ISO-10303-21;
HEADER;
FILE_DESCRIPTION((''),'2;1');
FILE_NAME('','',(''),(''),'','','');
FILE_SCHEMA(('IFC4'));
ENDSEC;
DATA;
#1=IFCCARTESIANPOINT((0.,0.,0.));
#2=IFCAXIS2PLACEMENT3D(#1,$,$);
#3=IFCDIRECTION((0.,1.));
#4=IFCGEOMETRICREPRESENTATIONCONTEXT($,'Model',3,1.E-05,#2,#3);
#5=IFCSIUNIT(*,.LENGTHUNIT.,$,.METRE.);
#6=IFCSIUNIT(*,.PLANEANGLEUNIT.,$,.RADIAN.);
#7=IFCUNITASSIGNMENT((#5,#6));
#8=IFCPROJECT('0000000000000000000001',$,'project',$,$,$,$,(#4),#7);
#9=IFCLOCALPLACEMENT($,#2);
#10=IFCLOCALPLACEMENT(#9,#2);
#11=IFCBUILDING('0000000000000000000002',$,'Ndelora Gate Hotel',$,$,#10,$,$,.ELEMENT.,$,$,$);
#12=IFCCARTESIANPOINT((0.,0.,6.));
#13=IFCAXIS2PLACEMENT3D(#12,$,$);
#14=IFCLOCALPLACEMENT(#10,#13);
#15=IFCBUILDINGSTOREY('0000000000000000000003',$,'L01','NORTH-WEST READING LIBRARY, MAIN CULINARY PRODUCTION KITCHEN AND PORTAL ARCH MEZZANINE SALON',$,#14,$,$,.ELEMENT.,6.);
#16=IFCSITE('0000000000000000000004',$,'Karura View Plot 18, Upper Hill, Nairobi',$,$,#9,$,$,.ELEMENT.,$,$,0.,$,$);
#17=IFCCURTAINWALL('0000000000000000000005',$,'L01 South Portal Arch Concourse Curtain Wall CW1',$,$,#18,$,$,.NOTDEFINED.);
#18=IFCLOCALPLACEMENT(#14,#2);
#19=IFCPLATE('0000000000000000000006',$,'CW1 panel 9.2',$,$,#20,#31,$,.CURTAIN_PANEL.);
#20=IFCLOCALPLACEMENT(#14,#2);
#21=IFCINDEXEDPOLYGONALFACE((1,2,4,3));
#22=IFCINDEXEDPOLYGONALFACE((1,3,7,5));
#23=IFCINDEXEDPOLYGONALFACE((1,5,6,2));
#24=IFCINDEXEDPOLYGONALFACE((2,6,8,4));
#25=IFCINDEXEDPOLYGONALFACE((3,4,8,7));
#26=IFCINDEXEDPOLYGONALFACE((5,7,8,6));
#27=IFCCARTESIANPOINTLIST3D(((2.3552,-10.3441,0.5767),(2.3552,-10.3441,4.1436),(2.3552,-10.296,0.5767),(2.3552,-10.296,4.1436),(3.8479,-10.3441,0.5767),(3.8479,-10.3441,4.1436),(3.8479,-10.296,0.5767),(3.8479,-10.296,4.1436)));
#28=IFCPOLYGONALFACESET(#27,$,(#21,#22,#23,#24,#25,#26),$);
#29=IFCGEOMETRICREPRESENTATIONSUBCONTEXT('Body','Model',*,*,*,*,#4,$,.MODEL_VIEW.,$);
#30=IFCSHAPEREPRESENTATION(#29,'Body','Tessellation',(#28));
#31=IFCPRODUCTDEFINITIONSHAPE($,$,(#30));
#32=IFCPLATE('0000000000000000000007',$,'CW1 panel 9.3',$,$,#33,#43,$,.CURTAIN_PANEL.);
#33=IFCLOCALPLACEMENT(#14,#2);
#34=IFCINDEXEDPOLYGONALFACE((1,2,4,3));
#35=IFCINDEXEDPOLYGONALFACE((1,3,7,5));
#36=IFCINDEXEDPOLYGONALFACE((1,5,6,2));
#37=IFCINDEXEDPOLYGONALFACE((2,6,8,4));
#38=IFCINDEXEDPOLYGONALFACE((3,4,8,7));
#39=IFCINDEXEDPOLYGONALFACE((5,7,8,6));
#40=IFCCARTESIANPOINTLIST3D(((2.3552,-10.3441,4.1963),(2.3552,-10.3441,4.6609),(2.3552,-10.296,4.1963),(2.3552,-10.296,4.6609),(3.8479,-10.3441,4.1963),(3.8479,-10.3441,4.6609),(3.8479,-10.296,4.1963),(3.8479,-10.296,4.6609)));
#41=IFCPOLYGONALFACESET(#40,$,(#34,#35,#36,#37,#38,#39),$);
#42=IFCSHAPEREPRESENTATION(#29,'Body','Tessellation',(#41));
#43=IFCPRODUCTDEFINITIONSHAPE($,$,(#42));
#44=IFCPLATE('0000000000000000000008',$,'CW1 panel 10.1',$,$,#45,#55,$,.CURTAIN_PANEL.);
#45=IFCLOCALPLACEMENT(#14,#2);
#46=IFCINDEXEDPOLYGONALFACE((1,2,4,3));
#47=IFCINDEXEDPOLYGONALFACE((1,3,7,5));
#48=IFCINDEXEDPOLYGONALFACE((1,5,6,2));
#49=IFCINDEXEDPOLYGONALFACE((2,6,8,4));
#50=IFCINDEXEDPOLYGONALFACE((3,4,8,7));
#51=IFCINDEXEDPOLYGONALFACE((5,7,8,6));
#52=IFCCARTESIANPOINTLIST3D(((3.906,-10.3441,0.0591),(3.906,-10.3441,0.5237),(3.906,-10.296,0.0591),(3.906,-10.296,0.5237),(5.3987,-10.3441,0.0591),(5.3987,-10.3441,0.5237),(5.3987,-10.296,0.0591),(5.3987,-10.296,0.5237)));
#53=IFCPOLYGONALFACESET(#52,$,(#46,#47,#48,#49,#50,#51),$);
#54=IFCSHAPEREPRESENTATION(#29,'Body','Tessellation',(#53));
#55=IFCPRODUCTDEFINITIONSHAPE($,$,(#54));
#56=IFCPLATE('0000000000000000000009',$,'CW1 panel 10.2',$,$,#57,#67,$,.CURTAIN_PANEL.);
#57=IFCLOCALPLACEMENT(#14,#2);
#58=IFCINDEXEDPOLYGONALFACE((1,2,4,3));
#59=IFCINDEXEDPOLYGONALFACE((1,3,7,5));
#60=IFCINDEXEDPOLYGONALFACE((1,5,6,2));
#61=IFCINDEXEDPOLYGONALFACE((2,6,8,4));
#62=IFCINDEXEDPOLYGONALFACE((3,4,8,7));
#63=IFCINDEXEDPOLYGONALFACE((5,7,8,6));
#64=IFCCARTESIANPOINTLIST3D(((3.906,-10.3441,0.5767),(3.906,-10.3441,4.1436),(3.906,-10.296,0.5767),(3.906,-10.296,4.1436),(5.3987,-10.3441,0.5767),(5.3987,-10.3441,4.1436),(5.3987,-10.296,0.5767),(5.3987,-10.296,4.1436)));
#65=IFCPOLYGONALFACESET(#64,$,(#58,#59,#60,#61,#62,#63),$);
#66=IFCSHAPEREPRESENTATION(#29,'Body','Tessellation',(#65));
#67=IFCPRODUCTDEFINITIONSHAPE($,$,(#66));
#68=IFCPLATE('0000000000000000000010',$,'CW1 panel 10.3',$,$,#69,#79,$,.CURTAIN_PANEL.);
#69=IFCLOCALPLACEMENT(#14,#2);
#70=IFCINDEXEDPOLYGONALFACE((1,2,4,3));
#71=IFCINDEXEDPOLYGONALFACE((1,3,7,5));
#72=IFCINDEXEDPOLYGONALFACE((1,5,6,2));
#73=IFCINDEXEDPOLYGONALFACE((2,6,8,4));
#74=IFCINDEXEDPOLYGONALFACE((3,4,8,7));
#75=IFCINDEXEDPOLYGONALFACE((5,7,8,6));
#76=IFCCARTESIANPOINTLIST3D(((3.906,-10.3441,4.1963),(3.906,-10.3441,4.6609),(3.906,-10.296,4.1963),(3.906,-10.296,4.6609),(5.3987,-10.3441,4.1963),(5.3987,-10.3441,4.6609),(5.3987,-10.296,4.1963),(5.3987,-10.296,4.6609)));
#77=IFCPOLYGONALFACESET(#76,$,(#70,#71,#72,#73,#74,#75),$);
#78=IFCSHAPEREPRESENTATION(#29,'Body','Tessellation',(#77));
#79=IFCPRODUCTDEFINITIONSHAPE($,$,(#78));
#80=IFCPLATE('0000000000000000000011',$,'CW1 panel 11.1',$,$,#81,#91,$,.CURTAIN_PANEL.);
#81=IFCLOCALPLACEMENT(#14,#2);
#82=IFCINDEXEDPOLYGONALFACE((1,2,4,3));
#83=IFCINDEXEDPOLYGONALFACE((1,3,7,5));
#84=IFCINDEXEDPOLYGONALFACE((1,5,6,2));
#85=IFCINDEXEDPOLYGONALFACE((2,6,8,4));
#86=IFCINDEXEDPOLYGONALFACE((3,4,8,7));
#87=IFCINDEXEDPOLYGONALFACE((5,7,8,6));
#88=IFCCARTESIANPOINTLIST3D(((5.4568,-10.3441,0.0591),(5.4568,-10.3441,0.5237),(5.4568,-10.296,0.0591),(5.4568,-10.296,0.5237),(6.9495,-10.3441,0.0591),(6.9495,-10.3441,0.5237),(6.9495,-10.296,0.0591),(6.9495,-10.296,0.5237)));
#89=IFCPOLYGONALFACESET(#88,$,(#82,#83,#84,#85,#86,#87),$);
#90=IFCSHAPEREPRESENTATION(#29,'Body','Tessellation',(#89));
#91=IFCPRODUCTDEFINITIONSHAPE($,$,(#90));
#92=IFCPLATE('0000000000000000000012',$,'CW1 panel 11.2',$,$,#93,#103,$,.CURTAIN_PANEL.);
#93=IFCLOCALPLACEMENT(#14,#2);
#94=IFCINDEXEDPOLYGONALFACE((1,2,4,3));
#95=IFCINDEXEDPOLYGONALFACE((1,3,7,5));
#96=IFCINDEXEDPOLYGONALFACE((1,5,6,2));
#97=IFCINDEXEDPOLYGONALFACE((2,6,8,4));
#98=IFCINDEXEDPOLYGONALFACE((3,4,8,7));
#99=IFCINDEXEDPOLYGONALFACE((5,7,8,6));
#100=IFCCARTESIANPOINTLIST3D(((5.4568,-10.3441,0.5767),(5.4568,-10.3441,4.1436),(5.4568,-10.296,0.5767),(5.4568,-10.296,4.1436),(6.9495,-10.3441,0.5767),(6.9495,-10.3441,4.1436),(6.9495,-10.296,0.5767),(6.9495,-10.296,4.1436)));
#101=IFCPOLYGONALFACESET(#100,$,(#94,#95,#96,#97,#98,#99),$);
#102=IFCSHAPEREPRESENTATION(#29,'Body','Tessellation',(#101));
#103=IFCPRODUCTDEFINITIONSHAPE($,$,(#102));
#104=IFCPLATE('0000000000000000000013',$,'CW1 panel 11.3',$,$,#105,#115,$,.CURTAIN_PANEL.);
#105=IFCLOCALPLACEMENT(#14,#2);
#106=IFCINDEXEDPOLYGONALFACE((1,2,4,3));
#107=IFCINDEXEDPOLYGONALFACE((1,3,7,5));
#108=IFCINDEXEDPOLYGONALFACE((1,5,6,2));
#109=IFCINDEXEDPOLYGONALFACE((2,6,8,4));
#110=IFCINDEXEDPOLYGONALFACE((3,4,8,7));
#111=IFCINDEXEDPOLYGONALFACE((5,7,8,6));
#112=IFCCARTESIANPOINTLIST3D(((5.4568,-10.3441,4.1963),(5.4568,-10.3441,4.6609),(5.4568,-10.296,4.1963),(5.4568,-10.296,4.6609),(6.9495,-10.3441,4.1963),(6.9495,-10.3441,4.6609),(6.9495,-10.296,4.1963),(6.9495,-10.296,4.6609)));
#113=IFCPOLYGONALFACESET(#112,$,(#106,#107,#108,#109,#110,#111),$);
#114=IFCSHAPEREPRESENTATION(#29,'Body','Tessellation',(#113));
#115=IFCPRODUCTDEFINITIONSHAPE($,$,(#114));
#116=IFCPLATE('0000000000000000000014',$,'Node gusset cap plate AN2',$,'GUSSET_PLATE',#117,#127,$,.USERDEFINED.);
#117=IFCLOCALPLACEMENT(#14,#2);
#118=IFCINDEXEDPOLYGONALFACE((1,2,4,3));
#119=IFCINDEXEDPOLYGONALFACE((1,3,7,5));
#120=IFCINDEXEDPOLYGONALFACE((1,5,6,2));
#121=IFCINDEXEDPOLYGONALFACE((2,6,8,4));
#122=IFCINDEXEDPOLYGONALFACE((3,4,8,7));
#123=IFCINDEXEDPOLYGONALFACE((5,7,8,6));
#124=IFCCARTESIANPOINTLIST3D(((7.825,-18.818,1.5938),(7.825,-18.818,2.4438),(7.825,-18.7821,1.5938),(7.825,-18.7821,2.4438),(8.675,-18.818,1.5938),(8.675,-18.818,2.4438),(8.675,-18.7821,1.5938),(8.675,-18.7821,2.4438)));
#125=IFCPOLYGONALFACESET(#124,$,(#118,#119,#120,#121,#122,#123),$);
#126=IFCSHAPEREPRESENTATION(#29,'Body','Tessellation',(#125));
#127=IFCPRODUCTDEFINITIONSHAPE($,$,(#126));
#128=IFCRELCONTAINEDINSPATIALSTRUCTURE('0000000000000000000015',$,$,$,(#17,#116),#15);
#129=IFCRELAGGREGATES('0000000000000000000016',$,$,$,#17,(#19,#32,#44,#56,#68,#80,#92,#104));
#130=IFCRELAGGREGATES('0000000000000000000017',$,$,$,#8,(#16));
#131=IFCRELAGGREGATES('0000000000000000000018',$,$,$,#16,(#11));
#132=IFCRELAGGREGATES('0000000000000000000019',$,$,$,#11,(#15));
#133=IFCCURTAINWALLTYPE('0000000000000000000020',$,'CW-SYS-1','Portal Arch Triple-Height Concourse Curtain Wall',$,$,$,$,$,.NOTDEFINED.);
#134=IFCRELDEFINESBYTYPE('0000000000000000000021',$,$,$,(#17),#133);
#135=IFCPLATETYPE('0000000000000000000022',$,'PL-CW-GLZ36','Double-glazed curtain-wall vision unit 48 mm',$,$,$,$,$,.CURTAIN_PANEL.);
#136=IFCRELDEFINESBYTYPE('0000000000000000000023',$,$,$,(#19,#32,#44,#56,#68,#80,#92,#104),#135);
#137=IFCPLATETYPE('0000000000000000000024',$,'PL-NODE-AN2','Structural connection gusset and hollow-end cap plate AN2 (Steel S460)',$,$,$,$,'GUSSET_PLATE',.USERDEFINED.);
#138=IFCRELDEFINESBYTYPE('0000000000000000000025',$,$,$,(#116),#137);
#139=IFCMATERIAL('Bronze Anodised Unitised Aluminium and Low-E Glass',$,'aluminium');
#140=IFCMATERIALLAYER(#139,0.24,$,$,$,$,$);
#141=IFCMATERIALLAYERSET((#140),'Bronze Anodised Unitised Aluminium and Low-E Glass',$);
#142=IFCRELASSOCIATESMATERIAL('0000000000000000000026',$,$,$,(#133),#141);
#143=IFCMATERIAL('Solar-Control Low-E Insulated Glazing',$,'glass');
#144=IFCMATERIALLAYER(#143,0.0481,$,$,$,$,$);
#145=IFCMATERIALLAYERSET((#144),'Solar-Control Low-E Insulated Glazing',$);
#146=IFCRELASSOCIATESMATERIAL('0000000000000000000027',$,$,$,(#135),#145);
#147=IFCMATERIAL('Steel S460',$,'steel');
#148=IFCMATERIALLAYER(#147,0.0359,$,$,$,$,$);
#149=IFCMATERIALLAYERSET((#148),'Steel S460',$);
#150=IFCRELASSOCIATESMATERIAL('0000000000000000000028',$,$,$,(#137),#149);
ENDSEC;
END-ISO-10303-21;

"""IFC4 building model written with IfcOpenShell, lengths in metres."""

from ifc_helpers import new_model, si_unit, direction, frame, origin, origin_2d, place, context, subcontext, project, spatial, rectangle, extrude, material, layer, layer_set, type_object, element, aggregate, save


model = new_model("IFC4")

# Units and contexts
model_context = context("Model", 3, precision=1e-05, world=origin(), true_north=direction((0.0, 1.0)))
body_context = subcontext(model_context, "Body", "Model", "MODEL_VIEW")
ifc_project = project(units=[si_unit("LENGTHUNIT", "METRE"), si_unit("PLANEANGLEUNIT", "RADIAN")], contexts=[model_context])

# Site, building, storey
site_placement = place(None, origin())
site = spatial("IfcSite", under=ifc_project, at=site_placement, Name="Karura View Plot 18, Upper Hill, Nairobi", CompositionType="ELEMENT", RefElevation=0.0)
building_placement = place(site_placement, origin())
building = spatial("IfcBuilding", under=site, at=building_placement, Name="Ndelora Gate Hotel", CompositionType="ELEMENT")
storey_placement = place(building_placement, frame((0.0, 0.0, 6.0)))
storey = spatial("IfcBuildingStorey", under=building, at=storey_placement, Name="L01", Description="NORTH-WEST READING LIBRARY, MAIN CULINARY PRODUCTION KITCHEN AND PORTAL ARCH MEZZANINE SALON", CompositionType="ELEMENT", Elevation=6.0)

# Shared definitions
ifc_material_1 = material(Name="Steel S460", Category="steel")

# Curtain wall, plates
ifc_material_2 = material(Name="Bronze Anodised Unitised Aluminium and Low-E Glass", Category="aluminium")
ifc_layer_1 = layer(ifc_material_2, 0.24)
ifc_layer_set_1 = layer_set([ifc_layer_1], Name="Bronze Anodised Unitised Aluminium and Low-E Glass")
curtain_wall_type = type_object("IfcCurtainWallType", Name="CW-SYS-1", Description="Portal Arch Triple-Height Concourse Curtain Wall", PredefinedType="NOTDEFINED", material=ifc_layer_set_1)
curtain_wall_placement = place(storey_placement, origin())
curtain_wall = element("IfcCurtainWall", 1, at=curtain_wall_placement, inside=storey, type_object=curtain_wall_type, Name="L01 South Portal Arch Concourse Curtain Wall CW1", PredefinedType="NOTDEFINED")
ifc_material_3 = material(Name="Solar-Control Low-E Insulated Glazing", Category="glass")
ifc_layer_2 = layer(ifc_material_3, 0.0481)
ifc_layer_set_2 = layer_set([ifc_layer_2], Name="Solar-Control Low-E Insulated Glazing")
plate_type_1 = type_object("IfcPlateType", Name="PL-CW-GLZ36", Description="Double-glazed curtain-wall vision unit 48 mm", PredefinedType="CURTAIN_PANEL", material=ifc_layer_set_2)
plate_1_placement = place(storey_placement, frame((3.1016, -10.3201, 0.5767), z_axis=(0.0, 0.0, 1.0), x_axis=(1.0, 0.0, 0.0)))
plate_1 = element("IfcPlate", 2, at=plate_1_placement, type_object=plate_type_1, Name="CW1 panel 9.2", PredefinedType="CURTAIN_PANEL", context=body_context, shape_type="SweptSolid", body=[
    extrude(rectangle(XDim=1.4927, YDim=0.0481, at=origin_2d()), origin(), (0.0, 0.0, 1.0), 3.5669),
])
plate_2_placement = place(storey_placement, frame((3.1016, -10.3201, 4.1963), z_axis=(0.0, 0.0, 1.0), x_axis=(1.0, 0.0, 0.0)))
plate_2 = element("IfcPlate", 3, at=plate_2_placement, type_object=plate_type_1, Name="CW1 panel 9.3", PredefinedType="CURTAIN_PANEL", context=body_context, shape_type="SweptSolid", body=[
    extrude(rectangle(XDim=1.4927, YDim=0.0481, at=origin_2d()), origin(), (0.0, 0.0, 1.0), 0.4646),
])
plate_3_placement = place(storey_placement, frame((4.6523, -10.3201, 0.0591), z_axis=(0.0, 0.0, 1.0), x_axis=(1.0, 0.0, 0.0)))
plate_3 = element("IfcPlate", 4, at=plate_3_placement, type_object=plate_type_1, Name="CW1 panel 10.1", PredefinedType="CURTAIN_PANEL", context=body_context, shape_type="SweptSolid", body=[
    extrude(rectangle(XDim=1.4927, YDim=0.0481, at=origin_2d()), origin(), (0.0, 0.0, 1.0), 0.4646),
])
plate_4_placement = place(storey_placement, frame((4.6523, -10.3201, 0.5767), z_axis=(0.0, 0.0, 1.0), x_axis=(1.0, 0.0, 0.0)))
plate_4 = element("IfcPlate", 5, at=plate_4_placement, type_object=plate_type_1, Name="CW1 panel 10.2", PredefinedType="CURTAIN_PANEL", context=body_context, shape_type="SweptSolid", body=[
    extrude(rectangle(XDim=1.4927, YDim=0.0481, at=origin_2d()), origin(), (0.0, 0.0, 1.0), 3.5669),
])
plate_5_placement = place(storey_placement, frame((4.6523, -10.3201, 4.1963), z_axis=(0.0, 0.0, 1.0), x_axis=(1.0, 0.0, 0.0)))
plate_5 = element("IfcPlate", 6, at=plate_5_placement, type_object=plate_type_1, Name="CW1 panel 10.3", PredefinedType="CURTAIN_PANEL", context=body_context, shape_type="SweptSolid", body=[
    extrude(rectangle(XDim=1.4927, YDim=0.0481, at=origin_2d()), origin(), (0.0, 0.0, 1.0), 0.4646),
])
plate_6_placement = place(storey_placement, frame((6.2031, -10.3201, 0.0591), z_axis=(0.0, 0.0, 1.0), x_axis=(1.0, 0.0, 0.0)))
plate_6 = element("IfcPlate", 7, at=plate_6_placement, type_object=plate_type_1, Name="CW1 panel 11.1", PredefinedType="CURTAIN_PANEL", context=body_context, shape_type="SweptSolid", body=[
    extrude(rectangle(XDim=1.4927, YDim=0.0481, at=origin_2d()), origin(), (0.0, 0.0, 1.0), 0.4646),
])
plate_7_placement = place(storey_placement, frame((6.2031, -10.3201, 0.5767), z_axis=(0.0, 0.0, 1.0), x_axis=(1.0, 0.0, 0.0)))
plate_7 = element("IfcPlate", 8, at=plate_7_placement, type_object=plate_type_1, Name="CW1 panel 11.2", PredefinedType="CURTAIN_PANEL", context=body_context, shape_type="SweptSolid", body=[
    extrude(rectangle(XDim=1.4927, YDim=0.0481, at=origin_2d()), origin(), (0.0, 0.0, 1.0), 3.5669),
])
plate_8_placement = place(storey_placement, frame((6.2031, -10.3201, 4.1963), z_axis=(0.0, 0.0, 1.0), x_axis=(1.0, 0.0, 0.0)))
plate_8 = element("IfcPlate", 9, at=plate_8_placement, type_object=plate_type_1, Name="CW1 panel 11.3", PredefinedType="CURTAIN_PANEL", context=body_context, shape_type="SweptSolid", body=[
    extrude(rectangle(XDim=1.4927, YDim=0.0481, at=origin_2d()), origin(), (0.0, 0.0, 1.0), 0.4646),
])
aggregate(curtain_wall, [plate_1, plate_2, plate_3, plate_4, plate_5, plate_6, plate_7, plate_8])

# Plate
ifc_layer_3 = layer(ifc_material_1, 0.0359)
ifc_layer_set_3 = layer_set([ifc_layer_3], Name="Steel S460")
plate_type_2 = type_object("IfcPlateType", Name="PL-NODE-AN2", Description="Structural connection gusset and hollow-end cap plate AN2 (Steel S460)", ElementType="GUSSET_PLATE", PredefinedType="USERDEFINED", material=ifc_layer_set_3)
plate_9_placement = place(storey_placement, frame((8.25, -18.8, 1.5938), z_axis=(0.0, 0.0, 1.0), x_axis=(1.0, 0.0, 0.0)))
element("IfcPlate", 10, at=plate_9_placement, inside=storey, type_object=plate_type_2, Name="Node gusset cap plate AN2", ObjectType="GUSSET_PLATE", PredefinedType="USERDEFINED", context=body_context, shape_type="SweptSolid", body=[
    extrude(rectangle(XDim=0.8501, YDim=0.0359, at=origin_2d()), origin(), (0.0, 0.0, 1.0), 0.8501),
])

save(model, "model.ifc")
